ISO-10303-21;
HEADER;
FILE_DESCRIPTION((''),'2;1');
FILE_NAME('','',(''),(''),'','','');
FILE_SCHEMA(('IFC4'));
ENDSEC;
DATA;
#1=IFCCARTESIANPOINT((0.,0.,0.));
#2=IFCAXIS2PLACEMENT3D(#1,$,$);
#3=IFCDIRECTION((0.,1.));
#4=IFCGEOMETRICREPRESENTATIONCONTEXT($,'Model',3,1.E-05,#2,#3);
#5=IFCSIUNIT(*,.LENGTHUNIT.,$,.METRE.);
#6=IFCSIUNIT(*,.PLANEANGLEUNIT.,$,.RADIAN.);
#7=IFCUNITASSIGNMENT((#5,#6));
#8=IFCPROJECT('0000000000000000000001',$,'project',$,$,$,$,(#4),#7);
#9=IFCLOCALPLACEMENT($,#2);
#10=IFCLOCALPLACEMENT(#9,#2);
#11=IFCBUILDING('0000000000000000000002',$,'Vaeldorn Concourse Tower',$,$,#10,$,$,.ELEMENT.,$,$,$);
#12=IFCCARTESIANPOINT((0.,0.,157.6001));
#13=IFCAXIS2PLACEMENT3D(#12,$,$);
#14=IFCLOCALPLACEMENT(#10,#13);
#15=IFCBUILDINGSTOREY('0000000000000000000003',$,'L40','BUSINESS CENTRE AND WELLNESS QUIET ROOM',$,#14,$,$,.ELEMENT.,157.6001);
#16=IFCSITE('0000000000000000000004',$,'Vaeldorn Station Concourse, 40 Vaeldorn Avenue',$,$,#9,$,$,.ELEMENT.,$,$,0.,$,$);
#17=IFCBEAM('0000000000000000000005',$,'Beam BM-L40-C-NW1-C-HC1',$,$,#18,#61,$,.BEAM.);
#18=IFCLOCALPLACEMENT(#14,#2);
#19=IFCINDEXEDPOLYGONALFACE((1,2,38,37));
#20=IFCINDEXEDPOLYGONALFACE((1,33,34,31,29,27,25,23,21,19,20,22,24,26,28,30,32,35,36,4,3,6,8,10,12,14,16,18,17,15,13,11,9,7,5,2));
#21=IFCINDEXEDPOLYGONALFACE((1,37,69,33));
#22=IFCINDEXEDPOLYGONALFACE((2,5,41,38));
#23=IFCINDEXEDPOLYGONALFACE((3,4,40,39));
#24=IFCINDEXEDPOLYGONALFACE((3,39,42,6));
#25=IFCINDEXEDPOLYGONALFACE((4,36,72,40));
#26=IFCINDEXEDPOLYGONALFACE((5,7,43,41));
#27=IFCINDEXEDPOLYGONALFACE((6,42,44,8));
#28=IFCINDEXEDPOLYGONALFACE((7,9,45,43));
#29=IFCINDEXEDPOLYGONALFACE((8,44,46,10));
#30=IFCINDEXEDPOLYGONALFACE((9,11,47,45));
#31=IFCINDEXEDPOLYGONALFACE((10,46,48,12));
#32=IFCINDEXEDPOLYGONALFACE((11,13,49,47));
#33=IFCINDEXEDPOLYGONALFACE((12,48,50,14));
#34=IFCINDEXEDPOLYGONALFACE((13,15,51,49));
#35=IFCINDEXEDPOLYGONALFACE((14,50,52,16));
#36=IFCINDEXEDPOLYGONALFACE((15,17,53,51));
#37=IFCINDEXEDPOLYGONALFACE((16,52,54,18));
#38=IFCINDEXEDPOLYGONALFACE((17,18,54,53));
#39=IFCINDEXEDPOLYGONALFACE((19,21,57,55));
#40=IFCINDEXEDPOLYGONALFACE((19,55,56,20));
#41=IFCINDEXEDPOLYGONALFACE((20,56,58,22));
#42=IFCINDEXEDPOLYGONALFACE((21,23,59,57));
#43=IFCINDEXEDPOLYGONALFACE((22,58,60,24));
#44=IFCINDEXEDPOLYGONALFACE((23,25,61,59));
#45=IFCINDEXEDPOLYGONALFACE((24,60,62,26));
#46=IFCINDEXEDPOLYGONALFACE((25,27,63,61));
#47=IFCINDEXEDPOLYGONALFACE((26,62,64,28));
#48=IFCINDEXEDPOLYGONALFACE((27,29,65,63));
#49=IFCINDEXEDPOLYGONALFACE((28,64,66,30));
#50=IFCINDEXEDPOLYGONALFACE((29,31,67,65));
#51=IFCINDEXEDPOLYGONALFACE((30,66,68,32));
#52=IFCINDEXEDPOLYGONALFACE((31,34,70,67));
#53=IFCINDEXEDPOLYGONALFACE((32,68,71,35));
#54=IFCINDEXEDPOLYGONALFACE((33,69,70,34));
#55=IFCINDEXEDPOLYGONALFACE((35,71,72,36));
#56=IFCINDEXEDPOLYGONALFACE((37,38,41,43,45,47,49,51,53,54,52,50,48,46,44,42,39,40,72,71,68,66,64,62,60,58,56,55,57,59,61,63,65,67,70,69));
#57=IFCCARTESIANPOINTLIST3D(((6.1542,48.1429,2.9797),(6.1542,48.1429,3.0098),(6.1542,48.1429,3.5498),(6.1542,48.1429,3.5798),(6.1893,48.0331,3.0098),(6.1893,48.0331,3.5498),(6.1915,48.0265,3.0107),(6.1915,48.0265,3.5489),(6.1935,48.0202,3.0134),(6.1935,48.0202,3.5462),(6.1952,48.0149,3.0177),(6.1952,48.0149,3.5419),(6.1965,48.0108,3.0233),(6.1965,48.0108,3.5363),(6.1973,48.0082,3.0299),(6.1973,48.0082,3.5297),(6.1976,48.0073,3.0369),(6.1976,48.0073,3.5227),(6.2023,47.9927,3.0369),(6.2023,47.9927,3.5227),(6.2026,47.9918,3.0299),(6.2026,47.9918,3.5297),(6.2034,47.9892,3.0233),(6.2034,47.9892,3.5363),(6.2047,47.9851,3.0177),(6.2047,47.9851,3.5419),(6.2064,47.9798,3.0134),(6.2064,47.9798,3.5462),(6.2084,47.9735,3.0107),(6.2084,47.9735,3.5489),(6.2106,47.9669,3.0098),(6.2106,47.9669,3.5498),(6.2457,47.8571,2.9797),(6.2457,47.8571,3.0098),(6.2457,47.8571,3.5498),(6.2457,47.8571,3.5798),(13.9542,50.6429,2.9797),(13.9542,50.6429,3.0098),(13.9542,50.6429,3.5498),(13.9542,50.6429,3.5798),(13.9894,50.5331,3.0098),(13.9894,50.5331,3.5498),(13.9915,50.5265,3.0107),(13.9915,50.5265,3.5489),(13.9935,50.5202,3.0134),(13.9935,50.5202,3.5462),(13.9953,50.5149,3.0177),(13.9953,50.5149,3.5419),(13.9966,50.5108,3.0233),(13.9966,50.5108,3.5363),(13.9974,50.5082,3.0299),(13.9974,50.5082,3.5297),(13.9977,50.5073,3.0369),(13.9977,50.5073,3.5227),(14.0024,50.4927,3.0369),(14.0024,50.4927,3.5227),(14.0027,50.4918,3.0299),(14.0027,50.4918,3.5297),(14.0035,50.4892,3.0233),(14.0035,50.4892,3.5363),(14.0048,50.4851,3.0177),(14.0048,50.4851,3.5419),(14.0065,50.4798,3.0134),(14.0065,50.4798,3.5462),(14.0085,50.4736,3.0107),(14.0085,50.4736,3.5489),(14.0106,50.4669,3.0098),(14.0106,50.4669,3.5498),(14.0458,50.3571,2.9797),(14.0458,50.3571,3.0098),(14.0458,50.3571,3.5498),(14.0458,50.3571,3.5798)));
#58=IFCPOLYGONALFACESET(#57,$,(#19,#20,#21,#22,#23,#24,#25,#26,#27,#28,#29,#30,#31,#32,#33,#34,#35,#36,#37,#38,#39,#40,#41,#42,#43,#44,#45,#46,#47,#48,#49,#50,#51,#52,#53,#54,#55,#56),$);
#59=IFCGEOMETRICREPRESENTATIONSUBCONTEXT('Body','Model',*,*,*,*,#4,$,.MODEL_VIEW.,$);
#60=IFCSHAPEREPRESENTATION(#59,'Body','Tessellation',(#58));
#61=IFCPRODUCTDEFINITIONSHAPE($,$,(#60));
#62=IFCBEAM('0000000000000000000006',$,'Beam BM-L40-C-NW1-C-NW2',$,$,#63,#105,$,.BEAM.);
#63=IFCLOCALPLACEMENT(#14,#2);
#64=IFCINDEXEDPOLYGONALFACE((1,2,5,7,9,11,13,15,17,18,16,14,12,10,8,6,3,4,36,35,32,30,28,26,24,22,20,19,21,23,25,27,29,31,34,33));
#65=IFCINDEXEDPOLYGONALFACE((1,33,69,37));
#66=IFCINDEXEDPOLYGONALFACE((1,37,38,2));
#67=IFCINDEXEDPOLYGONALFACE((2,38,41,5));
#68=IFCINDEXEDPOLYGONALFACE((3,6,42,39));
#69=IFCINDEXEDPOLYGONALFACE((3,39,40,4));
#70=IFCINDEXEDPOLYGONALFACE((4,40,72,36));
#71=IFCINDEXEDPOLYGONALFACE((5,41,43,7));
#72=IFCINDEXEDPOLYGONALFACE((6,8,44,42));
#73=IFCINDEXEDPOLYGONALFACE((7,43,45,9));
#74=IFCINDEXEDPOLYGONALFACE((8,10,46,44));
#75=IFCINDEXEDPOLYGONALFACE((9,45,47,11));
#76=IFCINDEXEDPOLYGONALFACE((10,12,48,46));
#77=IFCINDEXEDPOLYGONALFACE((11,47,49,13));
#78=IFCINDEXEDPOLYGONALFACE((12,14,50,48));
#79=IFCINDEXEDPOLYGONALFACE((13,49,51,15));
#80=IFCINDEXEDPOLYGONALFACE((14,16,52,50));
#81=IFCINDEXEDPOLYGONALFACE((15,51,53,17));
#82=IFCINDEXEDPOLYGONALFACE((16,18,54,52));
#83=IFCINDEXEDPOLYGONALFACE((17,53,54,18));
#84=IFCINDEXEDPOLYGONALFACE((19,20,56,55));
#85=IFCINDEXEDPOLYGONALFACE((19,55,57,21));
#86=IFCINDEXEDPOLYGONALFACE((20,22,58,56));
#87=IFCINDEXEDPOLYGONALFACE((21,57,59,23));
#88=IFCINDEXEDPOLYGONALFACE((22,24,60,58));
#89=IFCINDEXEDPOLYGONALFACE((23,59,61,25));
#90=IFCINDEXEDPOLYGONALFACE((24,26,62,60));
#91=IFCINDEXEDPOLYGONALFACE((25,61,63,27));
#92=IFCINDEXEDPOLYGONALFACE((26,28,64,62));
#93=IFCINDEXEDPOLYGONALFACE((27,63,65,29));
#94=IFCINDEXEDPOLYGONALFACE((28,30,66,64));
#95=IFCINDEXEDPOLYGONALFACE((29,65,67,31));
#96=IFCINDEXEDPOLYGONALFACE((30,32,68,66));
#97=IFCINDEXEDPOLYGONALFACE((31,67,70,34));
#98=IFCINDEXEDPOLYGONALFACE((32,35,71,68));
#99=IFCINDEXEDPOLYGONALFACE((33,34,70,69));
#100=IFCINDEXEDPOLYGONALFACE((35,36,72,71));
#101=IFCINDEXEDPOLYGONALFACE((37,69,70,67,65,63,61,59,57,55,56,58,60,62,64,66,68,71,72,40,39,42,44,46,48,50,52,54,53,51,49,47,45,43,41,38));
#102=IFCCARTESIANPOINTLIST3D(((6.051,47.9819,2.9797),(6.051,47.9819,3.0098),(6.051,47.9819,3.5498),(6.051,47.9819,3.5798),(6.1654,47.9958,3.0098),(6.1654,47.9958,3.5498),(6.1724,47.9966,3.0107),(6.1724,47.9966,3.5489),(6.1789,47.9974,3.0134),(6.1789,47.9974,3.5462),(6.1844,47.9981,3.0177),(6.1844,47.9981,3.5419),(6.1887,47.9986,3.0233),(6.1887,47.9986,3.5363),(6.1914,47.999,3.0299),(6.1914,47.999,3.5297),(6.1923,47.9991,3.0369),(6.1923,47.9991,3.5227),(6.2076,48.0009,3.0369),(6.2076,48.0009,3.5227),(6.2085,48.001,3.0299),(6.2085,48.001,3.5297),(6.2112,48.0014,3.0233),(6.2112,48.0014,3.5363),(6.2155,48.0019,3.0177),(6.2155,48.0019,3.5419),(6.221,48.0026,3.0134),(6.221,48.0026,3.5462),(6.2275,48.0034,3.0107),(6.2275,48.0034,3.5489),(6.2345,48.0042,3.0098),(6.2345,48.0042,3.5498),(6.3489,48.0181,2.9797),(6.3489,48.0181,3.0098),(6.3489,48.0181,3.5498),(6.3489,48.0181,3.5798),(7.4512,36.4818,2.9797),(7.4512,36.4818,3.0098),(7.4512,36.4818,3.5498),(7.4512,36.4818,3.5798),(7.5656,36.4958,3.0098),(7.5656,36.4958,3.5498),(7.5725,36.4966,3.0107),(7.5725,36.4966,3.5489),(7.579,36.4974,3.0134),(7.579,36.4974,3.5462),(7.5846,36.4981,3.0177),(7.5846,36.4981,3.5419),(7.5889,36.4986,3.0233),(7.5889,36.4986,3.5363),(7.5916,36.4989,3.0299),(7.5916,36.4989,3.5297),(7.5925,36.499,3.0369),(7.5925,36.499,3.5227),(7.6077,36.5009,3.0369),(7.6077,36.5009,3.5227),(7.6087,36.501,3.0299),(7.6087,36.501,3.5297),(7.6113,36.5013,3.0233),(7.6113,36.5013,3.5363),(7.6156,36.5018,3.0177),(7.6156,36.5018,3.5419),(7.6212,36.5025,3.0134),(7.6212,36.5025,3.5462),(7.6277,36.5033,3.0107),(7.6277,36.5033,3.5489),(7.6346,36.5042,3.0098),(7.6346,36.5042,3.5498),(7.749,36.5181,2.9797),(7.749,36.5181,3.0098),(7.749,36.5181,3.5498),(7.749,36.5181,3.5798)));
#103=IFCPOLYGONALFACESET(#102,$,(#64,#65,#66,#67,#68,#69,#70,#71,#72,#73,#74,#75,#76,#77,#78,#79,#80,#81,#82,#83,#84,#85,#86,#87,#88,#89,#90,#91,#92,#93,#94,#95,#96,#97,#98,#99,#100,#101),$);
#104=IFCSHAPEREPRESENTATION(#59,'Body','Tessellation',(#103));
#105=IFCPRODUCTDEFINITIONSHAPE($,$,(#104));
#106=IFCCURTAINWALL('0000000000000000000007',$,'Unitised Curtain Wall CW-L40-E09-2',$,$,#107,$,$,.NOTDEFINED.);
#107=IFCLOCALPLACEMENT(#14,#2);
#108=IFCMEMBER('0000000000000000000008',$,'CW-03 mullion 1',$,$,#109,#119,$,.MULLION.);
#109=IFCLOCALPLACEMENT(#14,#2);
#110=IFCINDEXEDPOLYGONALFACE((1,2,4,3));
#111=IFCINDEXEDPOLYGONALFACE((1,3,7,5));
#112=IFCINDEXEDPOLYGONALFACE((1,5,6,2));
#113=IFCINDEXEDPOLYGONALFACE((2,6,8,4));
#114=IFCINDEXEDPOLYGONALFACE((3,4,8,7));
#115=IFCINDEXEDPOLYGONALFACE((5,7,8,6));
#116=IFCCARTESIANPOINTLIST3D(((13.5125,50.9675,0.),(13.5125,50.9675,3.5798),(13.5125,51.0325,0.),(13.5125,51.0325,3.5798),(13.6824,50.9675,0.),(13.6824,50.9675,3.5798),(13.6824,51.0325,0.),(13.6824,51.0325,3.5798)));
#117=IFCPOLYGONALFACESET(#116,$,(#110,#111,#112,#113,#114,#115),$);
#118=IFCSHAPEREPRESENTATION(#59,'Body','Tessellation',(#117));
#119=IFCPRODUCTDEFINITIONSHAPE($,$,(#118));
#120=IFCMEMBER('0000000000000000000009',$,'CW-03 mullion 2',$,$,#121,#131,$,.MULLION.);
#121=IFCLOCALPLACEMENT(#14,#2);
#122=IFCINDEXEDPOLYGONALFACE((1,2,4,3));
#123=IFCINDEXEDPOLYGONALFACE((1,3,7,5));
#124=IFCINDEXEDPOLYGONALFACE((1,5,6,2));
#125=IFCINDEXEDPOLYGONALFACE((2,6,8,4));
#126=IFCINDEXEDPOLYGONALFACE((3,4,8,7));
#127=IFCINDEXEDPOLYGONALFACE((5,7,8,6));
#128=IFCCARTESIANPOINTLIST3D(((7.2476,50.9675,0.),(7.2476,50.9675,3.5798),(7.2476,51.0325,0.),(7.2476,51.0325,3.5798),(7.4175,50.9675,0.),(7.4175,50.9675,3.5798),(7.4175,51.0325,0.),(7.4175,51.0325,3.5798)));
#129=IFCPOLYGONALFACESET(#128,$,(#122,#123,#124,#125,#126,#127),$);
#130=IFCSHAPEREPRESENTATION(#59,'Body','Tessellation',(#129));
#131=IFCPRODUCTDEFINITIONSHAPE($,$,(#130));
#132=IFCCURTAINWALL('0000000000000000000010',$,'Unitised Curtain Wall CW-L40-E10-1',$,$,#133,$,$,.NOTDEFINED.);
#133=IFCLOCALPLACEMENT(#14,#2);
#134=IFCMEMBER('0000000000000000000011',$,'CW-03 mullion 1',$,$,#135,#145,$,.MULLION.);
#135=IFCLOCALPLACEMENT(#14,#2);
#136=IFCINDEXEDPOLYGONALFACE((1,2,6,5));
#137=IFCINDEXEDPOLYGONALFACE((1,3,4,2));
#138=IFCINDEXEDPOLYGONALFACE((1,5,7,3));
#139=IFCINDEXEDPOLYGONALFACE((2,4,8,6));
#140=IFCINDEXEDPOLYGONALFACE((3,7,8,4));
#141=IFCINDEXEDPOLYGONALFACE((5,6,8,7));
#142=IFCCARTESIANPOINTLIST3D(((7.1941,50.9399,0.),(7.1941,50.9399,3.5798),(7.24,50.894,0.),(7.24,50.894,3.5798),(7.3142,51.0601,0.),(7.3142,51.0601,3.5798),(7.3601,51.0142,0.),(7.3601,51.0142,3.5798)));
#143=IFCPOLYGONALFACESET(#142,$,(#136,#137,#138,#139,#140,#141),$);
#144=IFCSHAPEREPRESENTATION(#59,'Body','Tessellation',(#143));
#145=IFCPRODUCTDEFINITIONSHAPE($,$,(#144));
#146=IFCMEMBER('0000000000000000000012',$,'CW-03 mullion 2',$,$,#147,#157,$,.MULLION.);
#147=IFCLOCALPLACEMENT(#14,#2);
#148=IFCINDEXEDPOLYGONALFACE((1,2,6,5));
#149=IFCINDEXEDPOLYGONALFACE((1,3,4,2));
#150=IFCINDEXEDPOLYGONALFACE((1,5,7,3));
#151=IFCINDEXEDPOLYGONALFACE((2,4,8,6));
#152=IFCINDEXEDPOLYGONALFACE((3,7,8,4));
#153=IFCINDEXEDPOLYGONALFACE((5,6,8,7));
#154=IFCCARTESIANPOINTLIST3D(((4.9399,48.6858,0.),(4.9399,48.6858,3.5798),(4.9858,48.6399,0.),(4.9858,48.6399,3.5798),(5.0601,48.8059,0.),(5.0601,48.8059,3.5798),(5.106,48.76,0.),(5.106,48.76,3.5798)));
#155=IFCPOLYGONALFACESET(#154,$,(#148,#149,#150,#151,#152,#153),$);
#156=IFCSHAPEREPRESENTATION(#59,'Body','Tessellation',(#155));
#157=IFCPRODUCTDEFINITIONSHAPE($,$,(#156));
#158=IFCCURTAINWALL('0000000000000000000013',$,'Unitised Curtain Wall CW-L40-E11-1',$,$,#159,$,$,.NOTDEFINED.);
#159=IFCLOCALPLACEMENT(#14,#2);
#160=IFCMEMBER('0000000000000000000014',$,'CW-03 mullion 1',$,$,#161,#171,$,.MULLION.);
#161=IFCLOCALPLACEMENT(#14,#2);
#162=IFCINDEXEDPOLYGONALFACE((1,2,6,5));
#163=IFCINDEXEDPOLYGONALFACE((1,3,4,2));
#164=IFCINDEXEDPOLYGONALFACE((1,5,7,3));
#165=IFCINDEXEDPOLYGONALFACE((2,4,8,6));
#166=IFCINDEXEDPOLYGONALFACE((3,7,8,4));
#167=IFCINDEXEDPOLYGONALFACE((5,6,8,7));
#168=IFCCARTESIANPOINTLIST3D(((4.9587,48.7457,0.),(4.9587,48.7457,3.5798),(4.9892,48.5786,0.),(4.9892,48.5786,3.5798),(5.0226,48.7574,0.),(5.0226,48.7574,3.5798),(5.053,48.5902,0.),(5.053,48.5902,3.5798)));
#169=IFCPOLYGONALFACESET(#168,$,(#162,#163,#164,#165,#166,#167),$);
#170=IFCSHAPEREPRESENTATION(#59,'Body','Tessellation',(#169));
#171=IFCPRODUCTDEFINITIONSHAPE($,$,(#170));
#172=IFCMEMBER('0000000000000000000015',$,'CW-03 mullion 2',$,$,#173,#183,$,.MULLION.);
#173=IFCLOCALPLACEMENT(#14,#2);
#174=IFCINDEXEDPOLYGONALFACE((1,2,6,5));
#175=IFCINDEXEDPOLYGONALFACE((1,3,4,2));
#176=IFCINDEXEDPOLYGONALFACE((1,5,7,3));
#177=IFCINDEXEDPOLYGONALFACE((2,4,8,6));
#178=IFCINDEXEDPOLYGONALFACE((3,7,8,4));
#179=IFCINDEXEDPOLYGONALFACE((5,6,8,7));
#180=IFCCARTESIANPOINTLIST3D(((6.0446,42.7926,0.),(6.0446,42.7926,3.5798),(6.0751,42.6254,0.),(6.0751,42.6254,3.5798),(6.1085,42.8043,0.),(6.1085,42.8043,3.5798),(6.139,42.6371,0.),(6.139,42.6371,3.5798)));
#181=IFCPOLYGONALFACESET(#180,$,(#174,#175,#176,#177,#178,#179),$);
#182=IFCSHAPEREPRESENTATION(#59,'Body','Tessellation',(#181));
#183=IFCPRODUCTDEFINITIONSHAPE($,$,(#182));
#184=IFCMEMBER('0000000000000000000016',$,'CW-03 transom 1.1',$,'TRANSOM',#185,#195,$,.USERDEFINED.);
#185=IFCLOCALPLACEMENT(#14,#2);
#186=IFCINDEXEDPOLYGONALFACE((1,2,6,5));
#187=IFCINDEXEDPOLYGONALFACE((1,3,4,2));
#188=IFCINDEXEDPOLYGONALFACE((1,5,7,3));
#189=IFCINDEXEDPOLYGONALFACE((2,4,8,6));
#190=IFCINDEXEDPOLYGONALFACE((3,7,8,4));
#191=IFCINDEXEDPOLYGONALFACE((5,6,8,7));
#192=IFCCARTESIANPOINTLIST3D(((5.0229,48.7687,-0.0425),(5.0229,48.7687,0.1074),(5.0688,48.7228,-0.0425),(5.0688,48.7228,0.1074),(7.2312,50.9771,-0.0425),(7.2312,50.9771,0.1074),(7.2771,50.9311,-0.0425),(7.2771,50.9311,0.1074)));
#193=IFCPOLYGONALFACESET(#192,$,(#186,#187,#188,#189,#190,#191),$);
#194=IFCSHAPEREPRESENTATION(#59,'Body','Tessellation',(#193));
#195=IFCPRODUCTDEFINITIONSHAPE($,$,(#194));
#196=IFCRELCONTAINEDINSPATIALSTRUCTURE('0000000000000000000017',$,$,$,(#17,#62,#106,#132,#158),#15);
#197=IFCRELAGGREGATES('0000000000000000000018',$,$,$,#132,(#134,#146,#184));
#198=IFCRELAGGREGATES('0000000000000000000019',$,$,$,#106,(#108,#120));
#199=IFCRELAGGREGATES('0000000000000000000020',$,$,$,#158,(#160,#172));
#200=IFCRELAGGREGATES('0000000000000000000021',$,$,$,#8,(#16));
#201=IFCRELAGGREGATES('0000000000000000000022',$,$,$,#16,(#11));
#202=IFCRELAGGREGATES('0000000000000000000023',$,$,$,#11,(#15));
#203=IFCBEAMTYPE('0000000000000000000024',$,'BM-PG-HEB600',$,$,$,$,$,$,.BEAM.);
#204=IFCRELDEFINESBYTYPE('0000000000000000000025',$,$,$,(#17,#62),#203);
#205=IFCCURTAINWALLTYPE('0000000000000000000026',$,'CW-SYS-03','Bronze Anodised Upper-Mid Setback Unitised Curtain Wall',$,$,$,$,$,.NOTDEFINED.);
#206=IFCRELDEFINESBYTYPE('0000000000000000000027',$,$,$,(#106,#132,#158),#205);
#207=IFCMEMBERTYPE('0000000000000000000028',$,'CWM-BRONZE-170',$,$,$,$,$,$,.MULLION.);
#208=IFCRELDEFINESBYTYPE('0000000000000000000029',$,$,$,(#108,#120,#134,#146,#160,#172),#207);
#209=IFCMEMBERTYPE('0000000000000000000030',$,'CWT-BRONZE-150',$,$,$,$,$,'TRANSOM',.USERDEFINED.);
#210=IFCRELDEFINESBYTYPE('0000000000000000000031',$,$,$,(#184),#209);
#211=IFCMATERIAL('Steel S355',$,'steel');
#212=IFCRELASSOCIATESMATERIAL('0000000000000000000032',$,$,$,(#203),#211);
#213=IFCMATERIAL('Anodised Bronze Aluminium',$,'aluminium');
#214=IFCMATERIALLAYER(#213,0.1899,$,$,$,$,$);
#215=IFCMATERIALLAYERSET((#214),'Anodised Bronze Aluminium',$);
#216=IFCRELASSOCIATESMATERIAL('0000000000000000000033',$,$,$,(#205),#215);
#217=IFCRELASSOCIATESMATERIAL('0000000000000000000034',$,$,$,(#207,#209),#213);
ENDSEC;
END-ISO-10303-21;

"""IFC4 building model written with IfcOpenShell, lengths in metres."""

from ifc_helpers import new_model, si_unit, direction, frame, origin, origin_2d, place, context, subcontext, project, spatial, rectangle, i_section, extrude, source, transform, mapped, material, layer, layer_set, material_profile, profile_set, type_object, element, aggregate, save


model = new_model("IFC4")

# Units and contexts
model_context = context("Model", 3, precision=1e-05, world=origin(), true_north=direction((0.0, 1.0)))
body_context = subcontext(model_context, "Body", "Model", "MODEL_VIEW")
ifc_project = project(units=[si_unit("LENGTHUNIT", "METRE"), si_unit("PLANEANGLEUNIT", "RADIAN")], contexts=[model_context])

# Site, building, storey
site_placement = place(None, origin())
site = spatial("IfcSite", under=ifc_project, at=site_placement, Name="Vaeldorn Station Concourse, 40 Vaeldorn Avenue", CompositionType="ELEMENT", RefElevation=0.0)
building_placement = place(site_placement, origin())
building = spatial("IfcBuilding", under=site, at=building_placement, Name="Vaeldorn Concourse Tower", CompositionType="ELEMENT")
storey_placement = place(building_placement, frame((0.0, 0.0, 157.6001)))
storey = spatial("IfcBuildingStorey", under=building, at=storey_placement, Name="L40", Description="BUSINESS CENTRE AND WELLNESS QUIET ROOM", CompositionType="ELEMENT", Elevation=157.6001)

# Beams
ifc_material_1 = material(Name="Steel S355", Category="steel")
ifc_material_profile_1 = material_profile(ifc_material_1, i_section(OverallWidth=0.3, OverallDepth=0.6001, WebThickness=0.0154, FlangeThickness=0.03, FilletRadius=0.0271, at=origin_2d()), Name="HEB 600")
ifc_profile_set_1 = profile_set([ifc_material_profile_1], Name="Steel S355")
beam_type_1 = type_object("IfcBeamType", Name="BM-PG-HEB600", PredefinedType="BEAM", material=ifc_profile_set_1)
shared_shape_1 = source(origin(), body_context, "Body", "SweptSolid", [
    extrude(i_section(OverallWidth=0.3, OverallDepth=0.6001, WebThickness=0.0154, FlangeThickness=0.03, FilletRadius=0.0271, at=origin_2d()), origin(), (0.0, 0.0, 1.0), 8.1909),
])
beam_1_placement = place(storey_placement, frame((6.2, 48.0, 3.2798), z_axis=(0.952283, 0.305217, 0.0), x_axis=(-0.305217, 0.952283, 0.0)))
element("IfcBeam", 1, at=beam_1_placement, inside=storey, type_object=beam_type_1, Name="Beam BM-L40-C-NW1-C-HC1", PredefinedType="BEAM", context=body_context, shape_type="MappedRepresentation", body=[
    mapped(shared_shape_1, transform((0.0, 0.0, 0.0), scale=1.0)),
])
shared_shape_2 = source(origin(), body_context, "Body", "SweptSolid", [
    extrude(i_section(OverallWidth=0.3, OverallDepth=0.6001, WebThickness=0.0154, FlangeThickness=0.03, FilletRadius=0.0271, at=origin_2d()), origin(), (0.0, 0.0, 1.0), 11.585),
])
beam_2_placement = place(storey_placement, frame((6.2, 48.0, 3.2798), z_axis=(0.120859, -0.99267, 0.0), x_axis=(0.99267, 0.120859, 0.0)))
element("IfcBeam", 2, at=beam_2_placement, inside=storey, type_object=beam_type_1, Name="Beam BM-L40-C-NW1-C-NW2", PredefinedType="BEAM", context=body_context, shape_type="MappedRepresentation", body=[
    mapped(shared_shape_2, transform((0.0, 0.0, 0.0), scale=1.0)),
])

# Curtain walls, members
ifc_material_2 = material(Name="Anodised Bronze Aluminium", Category="aluminium")
ifc_layer_1 = layer(ifc_material_2, 0.1899)
ifc_layer_set_1 = layer_set([ifc_layer_1], Name="Anodised Bronze Aluminium")
curtain_wall_type = type_object("IfcCurtainWallType", Name="CW-SYS-03", Description="Bronze Anodised Upper-Mid Setback Unitised Curtain Wall", PredefinedType="NOTDEFINED", material=ifc_layer_set_1)
curtain_wall_1_placement = place(storey_placement, origin())
curtain_wall_1 = element("IfcCurtainWall", 3, at=curtain_wall_1_placement, inside=storey, type_object=curtain_wall_type, Name="Unitised Curtain Wall CW-L40-E09-2", PredefinedType="NOTDEFINED")
ifc_material_profile_2 = material_profile(ifc_material_2, rectangle(XDim=0.0649, YDim=0.1699, at=origin_2d()), Name="CWM 65x170")
ifc_profile_set_2 = profile_set([ifc_material_profile_2], Name="Anodised Bronze Aluminium")
member_type_1 = type_object("IfcMemberType", Name="CWM-BRONZE-170", PredefinedType="MULLION", material=ifc_profile_set_2)
shared_shape_3 = source(origin(), body_context, "Body", "SweptSolid", [
    extrude(rectangle(XDim=0.0649, YDim=0.1699, at=origin_2d()), origin(), (0.0, 0.0, 1.0), 3.5798),
])
member_1_placement = place(storey_placement, frame((13.5974, 51.0, 0.0), z_axis=(0.0, 0.0, 1.0), x_axis=(0.0, -1.0, 0.0)))
member_1 = element("IfcMember", 4, at=member_1_placement, type_object=member_type_1, Name="CW-03 mullion 1", PredefinedType="MULLION", context=body_context, shape_type="MappedRepresentation", body=[
    mapped(shared_shape_3, transform((0.0, 0.0, 0.0), scale=1.0)),
])
member_2_placement = place(storey_placement, frame((7.3325, 51.0, 0.0), z_axis=(0.0, 0.0, 1.0), x_axis=(0.0, -1.0, 0.0)))
member_2 = element("IfcMember", 5, at=member_2_placement, type_object=member_type_1, Name="CW-03 mullion 2", PredefinedType="MULLION", context=body_context, shape_type="MappedRepresentation", body=[
    mapped(shared_shape_3, transform((0.0, 0.0, 0.0), scale=1.0)),
])
curtain_wall_2_placement = place(storey_placement, origin())
curtain_wall_2 = element("IfcCurtainWall", 6, at=curtain_wall_2_placement, inside=storey, type_object=curtain_wall_type, Name="Unitised Curtain Wall CW-L40-E10-1", PredefinedType="NOTDEFINED")
member_3_placement = place(storey_placement, frame((7.2771, 50.9771, 0.0), z_axis=(0.0, 0.0, 1.0), x_axis=(0.707107, -0.707107, 0.0)))
member_3 = element("IfcMember", 7, at=member_3_placement, type_object=member_type_1, Name="CW-03 mullion 1", PredefinedType="MULLION", context=body_context, shape_type="MappedRepresentation", body=[
    mapped(shared_shape_3, transform((0.0, 0.0, 0.0), scale=1.0)),
])
member_4_placement = place(storey_placement, frame((5.0229, 48.7229, 0.0), z_axis=(0.0, 0.0, 1.0), x_axis=(0.707107, -0.707107, 0.0)))
member_4 = element("IfcMember", 8, at=member_4_placement, type_object=member_type_1, Name="CW-03 mullion 2", PredefinedType="MULLION", context=body_context, shape_type="MappedRepresentation", body=[
    mapped(shared_shape_3, transform((0.0, 0.0, 0.0), scale=1.0)),
])
curtain_wall_3_placement = place(storey_placement, origin())
curtain_wall_3 = element("IfcCurtainWall", 9, at=curtain_wall_3_placement, inside=storey, type_object=curtain_wall_type, Name="Unitised Curtain Wall CW-L40-E11-1", PredefinedType="NOTDEFINED")
member_5_placement = place(storey_placement, frame((5.0059, 48.668, 0.0), z_axis=(0.0, 0.0, 1.0), x_axis=(0.983768, 0.179447, 0.0)))
member_5 = element("IfcMember", 10, at=member_5_placement, type_object=member_type_1, Name="CW-03 mullion 1", PredefinedType="MULLION", context=body_context, shape_type="MappedRepresentation", body=[
    mapped(shared_shape_3, transform((0.0, 0.0, 0.0), scale=1.0)),
])
member_6_placement = place(storey_placement, frame((6.0918, 42.7148, 0.0), z_axis=(0.0, 0.0, 1.0), x_axis=(0.983768, 0.179447, 0.0)))
member_6 = element("IfcMember", 11, at=member_6_placement, type_object=member_type_1, Name="CW-03 mullion 2", PredefinedType="MULLION", context=body_context, shape_type="MappedRepresentation", body=[
    mapped(shared_shape_3, transform((0.0, 0.0, 0.0), scale=1.0)),
])

# Member
ifc_material_profile_3 = material_profile(ifc_material_2, rectangle(XDim=0.0649, YDim=0.1499, at=origin_2d()), Name="CWT 65x150")
ifc_profile_set_3 = profile_set([ifc_material_profile_3], Name="Anodised Bronze Aluminium")
member_type_2 = type_object("IfcMemberType", Name="CWT-BRONZE-150", ElementType="TRANSOM", PredefinedType="USERDEFINED", material=ifc_profile_set_3)
shared_shape_4 = source(origin(), body_context, "Body", "SweptSolid", [
    extrude(rectangle(XDim=0.0649, YDim=0.1499, at=origin_2d()), origin(), (0.0, 0.0, 1.0), 3.123),
])
member_7_placement = place(storey_placement, frame((7.2542, 50.9541, 0.0325), z_axis=(-0.707107, -0.707107, 0.0), x_axis=(0.707107, -0.707107, 0.0)))
member_7 = element("IfcMember", 12, at=member_7_placement, type_object=member_type_2, Name="CW-03 transom 1.1", ObjectType="TRANSOM", PredefinedType="USERDEFINED", context=body_context, shape_type="MappedRepresentation", body=[
    mapped(shared_shape_4, transform((0.0, 0.0, 0.0), scale=1.0)),
])

aggregate(curtain_wall_2, [member_3, member_4, member_7])
aggregate(curtain_wall_1, [member_1, member_2])
aggregate(curtain_wall_3, [member_5, member_6])

save(model, "model.ifc")
